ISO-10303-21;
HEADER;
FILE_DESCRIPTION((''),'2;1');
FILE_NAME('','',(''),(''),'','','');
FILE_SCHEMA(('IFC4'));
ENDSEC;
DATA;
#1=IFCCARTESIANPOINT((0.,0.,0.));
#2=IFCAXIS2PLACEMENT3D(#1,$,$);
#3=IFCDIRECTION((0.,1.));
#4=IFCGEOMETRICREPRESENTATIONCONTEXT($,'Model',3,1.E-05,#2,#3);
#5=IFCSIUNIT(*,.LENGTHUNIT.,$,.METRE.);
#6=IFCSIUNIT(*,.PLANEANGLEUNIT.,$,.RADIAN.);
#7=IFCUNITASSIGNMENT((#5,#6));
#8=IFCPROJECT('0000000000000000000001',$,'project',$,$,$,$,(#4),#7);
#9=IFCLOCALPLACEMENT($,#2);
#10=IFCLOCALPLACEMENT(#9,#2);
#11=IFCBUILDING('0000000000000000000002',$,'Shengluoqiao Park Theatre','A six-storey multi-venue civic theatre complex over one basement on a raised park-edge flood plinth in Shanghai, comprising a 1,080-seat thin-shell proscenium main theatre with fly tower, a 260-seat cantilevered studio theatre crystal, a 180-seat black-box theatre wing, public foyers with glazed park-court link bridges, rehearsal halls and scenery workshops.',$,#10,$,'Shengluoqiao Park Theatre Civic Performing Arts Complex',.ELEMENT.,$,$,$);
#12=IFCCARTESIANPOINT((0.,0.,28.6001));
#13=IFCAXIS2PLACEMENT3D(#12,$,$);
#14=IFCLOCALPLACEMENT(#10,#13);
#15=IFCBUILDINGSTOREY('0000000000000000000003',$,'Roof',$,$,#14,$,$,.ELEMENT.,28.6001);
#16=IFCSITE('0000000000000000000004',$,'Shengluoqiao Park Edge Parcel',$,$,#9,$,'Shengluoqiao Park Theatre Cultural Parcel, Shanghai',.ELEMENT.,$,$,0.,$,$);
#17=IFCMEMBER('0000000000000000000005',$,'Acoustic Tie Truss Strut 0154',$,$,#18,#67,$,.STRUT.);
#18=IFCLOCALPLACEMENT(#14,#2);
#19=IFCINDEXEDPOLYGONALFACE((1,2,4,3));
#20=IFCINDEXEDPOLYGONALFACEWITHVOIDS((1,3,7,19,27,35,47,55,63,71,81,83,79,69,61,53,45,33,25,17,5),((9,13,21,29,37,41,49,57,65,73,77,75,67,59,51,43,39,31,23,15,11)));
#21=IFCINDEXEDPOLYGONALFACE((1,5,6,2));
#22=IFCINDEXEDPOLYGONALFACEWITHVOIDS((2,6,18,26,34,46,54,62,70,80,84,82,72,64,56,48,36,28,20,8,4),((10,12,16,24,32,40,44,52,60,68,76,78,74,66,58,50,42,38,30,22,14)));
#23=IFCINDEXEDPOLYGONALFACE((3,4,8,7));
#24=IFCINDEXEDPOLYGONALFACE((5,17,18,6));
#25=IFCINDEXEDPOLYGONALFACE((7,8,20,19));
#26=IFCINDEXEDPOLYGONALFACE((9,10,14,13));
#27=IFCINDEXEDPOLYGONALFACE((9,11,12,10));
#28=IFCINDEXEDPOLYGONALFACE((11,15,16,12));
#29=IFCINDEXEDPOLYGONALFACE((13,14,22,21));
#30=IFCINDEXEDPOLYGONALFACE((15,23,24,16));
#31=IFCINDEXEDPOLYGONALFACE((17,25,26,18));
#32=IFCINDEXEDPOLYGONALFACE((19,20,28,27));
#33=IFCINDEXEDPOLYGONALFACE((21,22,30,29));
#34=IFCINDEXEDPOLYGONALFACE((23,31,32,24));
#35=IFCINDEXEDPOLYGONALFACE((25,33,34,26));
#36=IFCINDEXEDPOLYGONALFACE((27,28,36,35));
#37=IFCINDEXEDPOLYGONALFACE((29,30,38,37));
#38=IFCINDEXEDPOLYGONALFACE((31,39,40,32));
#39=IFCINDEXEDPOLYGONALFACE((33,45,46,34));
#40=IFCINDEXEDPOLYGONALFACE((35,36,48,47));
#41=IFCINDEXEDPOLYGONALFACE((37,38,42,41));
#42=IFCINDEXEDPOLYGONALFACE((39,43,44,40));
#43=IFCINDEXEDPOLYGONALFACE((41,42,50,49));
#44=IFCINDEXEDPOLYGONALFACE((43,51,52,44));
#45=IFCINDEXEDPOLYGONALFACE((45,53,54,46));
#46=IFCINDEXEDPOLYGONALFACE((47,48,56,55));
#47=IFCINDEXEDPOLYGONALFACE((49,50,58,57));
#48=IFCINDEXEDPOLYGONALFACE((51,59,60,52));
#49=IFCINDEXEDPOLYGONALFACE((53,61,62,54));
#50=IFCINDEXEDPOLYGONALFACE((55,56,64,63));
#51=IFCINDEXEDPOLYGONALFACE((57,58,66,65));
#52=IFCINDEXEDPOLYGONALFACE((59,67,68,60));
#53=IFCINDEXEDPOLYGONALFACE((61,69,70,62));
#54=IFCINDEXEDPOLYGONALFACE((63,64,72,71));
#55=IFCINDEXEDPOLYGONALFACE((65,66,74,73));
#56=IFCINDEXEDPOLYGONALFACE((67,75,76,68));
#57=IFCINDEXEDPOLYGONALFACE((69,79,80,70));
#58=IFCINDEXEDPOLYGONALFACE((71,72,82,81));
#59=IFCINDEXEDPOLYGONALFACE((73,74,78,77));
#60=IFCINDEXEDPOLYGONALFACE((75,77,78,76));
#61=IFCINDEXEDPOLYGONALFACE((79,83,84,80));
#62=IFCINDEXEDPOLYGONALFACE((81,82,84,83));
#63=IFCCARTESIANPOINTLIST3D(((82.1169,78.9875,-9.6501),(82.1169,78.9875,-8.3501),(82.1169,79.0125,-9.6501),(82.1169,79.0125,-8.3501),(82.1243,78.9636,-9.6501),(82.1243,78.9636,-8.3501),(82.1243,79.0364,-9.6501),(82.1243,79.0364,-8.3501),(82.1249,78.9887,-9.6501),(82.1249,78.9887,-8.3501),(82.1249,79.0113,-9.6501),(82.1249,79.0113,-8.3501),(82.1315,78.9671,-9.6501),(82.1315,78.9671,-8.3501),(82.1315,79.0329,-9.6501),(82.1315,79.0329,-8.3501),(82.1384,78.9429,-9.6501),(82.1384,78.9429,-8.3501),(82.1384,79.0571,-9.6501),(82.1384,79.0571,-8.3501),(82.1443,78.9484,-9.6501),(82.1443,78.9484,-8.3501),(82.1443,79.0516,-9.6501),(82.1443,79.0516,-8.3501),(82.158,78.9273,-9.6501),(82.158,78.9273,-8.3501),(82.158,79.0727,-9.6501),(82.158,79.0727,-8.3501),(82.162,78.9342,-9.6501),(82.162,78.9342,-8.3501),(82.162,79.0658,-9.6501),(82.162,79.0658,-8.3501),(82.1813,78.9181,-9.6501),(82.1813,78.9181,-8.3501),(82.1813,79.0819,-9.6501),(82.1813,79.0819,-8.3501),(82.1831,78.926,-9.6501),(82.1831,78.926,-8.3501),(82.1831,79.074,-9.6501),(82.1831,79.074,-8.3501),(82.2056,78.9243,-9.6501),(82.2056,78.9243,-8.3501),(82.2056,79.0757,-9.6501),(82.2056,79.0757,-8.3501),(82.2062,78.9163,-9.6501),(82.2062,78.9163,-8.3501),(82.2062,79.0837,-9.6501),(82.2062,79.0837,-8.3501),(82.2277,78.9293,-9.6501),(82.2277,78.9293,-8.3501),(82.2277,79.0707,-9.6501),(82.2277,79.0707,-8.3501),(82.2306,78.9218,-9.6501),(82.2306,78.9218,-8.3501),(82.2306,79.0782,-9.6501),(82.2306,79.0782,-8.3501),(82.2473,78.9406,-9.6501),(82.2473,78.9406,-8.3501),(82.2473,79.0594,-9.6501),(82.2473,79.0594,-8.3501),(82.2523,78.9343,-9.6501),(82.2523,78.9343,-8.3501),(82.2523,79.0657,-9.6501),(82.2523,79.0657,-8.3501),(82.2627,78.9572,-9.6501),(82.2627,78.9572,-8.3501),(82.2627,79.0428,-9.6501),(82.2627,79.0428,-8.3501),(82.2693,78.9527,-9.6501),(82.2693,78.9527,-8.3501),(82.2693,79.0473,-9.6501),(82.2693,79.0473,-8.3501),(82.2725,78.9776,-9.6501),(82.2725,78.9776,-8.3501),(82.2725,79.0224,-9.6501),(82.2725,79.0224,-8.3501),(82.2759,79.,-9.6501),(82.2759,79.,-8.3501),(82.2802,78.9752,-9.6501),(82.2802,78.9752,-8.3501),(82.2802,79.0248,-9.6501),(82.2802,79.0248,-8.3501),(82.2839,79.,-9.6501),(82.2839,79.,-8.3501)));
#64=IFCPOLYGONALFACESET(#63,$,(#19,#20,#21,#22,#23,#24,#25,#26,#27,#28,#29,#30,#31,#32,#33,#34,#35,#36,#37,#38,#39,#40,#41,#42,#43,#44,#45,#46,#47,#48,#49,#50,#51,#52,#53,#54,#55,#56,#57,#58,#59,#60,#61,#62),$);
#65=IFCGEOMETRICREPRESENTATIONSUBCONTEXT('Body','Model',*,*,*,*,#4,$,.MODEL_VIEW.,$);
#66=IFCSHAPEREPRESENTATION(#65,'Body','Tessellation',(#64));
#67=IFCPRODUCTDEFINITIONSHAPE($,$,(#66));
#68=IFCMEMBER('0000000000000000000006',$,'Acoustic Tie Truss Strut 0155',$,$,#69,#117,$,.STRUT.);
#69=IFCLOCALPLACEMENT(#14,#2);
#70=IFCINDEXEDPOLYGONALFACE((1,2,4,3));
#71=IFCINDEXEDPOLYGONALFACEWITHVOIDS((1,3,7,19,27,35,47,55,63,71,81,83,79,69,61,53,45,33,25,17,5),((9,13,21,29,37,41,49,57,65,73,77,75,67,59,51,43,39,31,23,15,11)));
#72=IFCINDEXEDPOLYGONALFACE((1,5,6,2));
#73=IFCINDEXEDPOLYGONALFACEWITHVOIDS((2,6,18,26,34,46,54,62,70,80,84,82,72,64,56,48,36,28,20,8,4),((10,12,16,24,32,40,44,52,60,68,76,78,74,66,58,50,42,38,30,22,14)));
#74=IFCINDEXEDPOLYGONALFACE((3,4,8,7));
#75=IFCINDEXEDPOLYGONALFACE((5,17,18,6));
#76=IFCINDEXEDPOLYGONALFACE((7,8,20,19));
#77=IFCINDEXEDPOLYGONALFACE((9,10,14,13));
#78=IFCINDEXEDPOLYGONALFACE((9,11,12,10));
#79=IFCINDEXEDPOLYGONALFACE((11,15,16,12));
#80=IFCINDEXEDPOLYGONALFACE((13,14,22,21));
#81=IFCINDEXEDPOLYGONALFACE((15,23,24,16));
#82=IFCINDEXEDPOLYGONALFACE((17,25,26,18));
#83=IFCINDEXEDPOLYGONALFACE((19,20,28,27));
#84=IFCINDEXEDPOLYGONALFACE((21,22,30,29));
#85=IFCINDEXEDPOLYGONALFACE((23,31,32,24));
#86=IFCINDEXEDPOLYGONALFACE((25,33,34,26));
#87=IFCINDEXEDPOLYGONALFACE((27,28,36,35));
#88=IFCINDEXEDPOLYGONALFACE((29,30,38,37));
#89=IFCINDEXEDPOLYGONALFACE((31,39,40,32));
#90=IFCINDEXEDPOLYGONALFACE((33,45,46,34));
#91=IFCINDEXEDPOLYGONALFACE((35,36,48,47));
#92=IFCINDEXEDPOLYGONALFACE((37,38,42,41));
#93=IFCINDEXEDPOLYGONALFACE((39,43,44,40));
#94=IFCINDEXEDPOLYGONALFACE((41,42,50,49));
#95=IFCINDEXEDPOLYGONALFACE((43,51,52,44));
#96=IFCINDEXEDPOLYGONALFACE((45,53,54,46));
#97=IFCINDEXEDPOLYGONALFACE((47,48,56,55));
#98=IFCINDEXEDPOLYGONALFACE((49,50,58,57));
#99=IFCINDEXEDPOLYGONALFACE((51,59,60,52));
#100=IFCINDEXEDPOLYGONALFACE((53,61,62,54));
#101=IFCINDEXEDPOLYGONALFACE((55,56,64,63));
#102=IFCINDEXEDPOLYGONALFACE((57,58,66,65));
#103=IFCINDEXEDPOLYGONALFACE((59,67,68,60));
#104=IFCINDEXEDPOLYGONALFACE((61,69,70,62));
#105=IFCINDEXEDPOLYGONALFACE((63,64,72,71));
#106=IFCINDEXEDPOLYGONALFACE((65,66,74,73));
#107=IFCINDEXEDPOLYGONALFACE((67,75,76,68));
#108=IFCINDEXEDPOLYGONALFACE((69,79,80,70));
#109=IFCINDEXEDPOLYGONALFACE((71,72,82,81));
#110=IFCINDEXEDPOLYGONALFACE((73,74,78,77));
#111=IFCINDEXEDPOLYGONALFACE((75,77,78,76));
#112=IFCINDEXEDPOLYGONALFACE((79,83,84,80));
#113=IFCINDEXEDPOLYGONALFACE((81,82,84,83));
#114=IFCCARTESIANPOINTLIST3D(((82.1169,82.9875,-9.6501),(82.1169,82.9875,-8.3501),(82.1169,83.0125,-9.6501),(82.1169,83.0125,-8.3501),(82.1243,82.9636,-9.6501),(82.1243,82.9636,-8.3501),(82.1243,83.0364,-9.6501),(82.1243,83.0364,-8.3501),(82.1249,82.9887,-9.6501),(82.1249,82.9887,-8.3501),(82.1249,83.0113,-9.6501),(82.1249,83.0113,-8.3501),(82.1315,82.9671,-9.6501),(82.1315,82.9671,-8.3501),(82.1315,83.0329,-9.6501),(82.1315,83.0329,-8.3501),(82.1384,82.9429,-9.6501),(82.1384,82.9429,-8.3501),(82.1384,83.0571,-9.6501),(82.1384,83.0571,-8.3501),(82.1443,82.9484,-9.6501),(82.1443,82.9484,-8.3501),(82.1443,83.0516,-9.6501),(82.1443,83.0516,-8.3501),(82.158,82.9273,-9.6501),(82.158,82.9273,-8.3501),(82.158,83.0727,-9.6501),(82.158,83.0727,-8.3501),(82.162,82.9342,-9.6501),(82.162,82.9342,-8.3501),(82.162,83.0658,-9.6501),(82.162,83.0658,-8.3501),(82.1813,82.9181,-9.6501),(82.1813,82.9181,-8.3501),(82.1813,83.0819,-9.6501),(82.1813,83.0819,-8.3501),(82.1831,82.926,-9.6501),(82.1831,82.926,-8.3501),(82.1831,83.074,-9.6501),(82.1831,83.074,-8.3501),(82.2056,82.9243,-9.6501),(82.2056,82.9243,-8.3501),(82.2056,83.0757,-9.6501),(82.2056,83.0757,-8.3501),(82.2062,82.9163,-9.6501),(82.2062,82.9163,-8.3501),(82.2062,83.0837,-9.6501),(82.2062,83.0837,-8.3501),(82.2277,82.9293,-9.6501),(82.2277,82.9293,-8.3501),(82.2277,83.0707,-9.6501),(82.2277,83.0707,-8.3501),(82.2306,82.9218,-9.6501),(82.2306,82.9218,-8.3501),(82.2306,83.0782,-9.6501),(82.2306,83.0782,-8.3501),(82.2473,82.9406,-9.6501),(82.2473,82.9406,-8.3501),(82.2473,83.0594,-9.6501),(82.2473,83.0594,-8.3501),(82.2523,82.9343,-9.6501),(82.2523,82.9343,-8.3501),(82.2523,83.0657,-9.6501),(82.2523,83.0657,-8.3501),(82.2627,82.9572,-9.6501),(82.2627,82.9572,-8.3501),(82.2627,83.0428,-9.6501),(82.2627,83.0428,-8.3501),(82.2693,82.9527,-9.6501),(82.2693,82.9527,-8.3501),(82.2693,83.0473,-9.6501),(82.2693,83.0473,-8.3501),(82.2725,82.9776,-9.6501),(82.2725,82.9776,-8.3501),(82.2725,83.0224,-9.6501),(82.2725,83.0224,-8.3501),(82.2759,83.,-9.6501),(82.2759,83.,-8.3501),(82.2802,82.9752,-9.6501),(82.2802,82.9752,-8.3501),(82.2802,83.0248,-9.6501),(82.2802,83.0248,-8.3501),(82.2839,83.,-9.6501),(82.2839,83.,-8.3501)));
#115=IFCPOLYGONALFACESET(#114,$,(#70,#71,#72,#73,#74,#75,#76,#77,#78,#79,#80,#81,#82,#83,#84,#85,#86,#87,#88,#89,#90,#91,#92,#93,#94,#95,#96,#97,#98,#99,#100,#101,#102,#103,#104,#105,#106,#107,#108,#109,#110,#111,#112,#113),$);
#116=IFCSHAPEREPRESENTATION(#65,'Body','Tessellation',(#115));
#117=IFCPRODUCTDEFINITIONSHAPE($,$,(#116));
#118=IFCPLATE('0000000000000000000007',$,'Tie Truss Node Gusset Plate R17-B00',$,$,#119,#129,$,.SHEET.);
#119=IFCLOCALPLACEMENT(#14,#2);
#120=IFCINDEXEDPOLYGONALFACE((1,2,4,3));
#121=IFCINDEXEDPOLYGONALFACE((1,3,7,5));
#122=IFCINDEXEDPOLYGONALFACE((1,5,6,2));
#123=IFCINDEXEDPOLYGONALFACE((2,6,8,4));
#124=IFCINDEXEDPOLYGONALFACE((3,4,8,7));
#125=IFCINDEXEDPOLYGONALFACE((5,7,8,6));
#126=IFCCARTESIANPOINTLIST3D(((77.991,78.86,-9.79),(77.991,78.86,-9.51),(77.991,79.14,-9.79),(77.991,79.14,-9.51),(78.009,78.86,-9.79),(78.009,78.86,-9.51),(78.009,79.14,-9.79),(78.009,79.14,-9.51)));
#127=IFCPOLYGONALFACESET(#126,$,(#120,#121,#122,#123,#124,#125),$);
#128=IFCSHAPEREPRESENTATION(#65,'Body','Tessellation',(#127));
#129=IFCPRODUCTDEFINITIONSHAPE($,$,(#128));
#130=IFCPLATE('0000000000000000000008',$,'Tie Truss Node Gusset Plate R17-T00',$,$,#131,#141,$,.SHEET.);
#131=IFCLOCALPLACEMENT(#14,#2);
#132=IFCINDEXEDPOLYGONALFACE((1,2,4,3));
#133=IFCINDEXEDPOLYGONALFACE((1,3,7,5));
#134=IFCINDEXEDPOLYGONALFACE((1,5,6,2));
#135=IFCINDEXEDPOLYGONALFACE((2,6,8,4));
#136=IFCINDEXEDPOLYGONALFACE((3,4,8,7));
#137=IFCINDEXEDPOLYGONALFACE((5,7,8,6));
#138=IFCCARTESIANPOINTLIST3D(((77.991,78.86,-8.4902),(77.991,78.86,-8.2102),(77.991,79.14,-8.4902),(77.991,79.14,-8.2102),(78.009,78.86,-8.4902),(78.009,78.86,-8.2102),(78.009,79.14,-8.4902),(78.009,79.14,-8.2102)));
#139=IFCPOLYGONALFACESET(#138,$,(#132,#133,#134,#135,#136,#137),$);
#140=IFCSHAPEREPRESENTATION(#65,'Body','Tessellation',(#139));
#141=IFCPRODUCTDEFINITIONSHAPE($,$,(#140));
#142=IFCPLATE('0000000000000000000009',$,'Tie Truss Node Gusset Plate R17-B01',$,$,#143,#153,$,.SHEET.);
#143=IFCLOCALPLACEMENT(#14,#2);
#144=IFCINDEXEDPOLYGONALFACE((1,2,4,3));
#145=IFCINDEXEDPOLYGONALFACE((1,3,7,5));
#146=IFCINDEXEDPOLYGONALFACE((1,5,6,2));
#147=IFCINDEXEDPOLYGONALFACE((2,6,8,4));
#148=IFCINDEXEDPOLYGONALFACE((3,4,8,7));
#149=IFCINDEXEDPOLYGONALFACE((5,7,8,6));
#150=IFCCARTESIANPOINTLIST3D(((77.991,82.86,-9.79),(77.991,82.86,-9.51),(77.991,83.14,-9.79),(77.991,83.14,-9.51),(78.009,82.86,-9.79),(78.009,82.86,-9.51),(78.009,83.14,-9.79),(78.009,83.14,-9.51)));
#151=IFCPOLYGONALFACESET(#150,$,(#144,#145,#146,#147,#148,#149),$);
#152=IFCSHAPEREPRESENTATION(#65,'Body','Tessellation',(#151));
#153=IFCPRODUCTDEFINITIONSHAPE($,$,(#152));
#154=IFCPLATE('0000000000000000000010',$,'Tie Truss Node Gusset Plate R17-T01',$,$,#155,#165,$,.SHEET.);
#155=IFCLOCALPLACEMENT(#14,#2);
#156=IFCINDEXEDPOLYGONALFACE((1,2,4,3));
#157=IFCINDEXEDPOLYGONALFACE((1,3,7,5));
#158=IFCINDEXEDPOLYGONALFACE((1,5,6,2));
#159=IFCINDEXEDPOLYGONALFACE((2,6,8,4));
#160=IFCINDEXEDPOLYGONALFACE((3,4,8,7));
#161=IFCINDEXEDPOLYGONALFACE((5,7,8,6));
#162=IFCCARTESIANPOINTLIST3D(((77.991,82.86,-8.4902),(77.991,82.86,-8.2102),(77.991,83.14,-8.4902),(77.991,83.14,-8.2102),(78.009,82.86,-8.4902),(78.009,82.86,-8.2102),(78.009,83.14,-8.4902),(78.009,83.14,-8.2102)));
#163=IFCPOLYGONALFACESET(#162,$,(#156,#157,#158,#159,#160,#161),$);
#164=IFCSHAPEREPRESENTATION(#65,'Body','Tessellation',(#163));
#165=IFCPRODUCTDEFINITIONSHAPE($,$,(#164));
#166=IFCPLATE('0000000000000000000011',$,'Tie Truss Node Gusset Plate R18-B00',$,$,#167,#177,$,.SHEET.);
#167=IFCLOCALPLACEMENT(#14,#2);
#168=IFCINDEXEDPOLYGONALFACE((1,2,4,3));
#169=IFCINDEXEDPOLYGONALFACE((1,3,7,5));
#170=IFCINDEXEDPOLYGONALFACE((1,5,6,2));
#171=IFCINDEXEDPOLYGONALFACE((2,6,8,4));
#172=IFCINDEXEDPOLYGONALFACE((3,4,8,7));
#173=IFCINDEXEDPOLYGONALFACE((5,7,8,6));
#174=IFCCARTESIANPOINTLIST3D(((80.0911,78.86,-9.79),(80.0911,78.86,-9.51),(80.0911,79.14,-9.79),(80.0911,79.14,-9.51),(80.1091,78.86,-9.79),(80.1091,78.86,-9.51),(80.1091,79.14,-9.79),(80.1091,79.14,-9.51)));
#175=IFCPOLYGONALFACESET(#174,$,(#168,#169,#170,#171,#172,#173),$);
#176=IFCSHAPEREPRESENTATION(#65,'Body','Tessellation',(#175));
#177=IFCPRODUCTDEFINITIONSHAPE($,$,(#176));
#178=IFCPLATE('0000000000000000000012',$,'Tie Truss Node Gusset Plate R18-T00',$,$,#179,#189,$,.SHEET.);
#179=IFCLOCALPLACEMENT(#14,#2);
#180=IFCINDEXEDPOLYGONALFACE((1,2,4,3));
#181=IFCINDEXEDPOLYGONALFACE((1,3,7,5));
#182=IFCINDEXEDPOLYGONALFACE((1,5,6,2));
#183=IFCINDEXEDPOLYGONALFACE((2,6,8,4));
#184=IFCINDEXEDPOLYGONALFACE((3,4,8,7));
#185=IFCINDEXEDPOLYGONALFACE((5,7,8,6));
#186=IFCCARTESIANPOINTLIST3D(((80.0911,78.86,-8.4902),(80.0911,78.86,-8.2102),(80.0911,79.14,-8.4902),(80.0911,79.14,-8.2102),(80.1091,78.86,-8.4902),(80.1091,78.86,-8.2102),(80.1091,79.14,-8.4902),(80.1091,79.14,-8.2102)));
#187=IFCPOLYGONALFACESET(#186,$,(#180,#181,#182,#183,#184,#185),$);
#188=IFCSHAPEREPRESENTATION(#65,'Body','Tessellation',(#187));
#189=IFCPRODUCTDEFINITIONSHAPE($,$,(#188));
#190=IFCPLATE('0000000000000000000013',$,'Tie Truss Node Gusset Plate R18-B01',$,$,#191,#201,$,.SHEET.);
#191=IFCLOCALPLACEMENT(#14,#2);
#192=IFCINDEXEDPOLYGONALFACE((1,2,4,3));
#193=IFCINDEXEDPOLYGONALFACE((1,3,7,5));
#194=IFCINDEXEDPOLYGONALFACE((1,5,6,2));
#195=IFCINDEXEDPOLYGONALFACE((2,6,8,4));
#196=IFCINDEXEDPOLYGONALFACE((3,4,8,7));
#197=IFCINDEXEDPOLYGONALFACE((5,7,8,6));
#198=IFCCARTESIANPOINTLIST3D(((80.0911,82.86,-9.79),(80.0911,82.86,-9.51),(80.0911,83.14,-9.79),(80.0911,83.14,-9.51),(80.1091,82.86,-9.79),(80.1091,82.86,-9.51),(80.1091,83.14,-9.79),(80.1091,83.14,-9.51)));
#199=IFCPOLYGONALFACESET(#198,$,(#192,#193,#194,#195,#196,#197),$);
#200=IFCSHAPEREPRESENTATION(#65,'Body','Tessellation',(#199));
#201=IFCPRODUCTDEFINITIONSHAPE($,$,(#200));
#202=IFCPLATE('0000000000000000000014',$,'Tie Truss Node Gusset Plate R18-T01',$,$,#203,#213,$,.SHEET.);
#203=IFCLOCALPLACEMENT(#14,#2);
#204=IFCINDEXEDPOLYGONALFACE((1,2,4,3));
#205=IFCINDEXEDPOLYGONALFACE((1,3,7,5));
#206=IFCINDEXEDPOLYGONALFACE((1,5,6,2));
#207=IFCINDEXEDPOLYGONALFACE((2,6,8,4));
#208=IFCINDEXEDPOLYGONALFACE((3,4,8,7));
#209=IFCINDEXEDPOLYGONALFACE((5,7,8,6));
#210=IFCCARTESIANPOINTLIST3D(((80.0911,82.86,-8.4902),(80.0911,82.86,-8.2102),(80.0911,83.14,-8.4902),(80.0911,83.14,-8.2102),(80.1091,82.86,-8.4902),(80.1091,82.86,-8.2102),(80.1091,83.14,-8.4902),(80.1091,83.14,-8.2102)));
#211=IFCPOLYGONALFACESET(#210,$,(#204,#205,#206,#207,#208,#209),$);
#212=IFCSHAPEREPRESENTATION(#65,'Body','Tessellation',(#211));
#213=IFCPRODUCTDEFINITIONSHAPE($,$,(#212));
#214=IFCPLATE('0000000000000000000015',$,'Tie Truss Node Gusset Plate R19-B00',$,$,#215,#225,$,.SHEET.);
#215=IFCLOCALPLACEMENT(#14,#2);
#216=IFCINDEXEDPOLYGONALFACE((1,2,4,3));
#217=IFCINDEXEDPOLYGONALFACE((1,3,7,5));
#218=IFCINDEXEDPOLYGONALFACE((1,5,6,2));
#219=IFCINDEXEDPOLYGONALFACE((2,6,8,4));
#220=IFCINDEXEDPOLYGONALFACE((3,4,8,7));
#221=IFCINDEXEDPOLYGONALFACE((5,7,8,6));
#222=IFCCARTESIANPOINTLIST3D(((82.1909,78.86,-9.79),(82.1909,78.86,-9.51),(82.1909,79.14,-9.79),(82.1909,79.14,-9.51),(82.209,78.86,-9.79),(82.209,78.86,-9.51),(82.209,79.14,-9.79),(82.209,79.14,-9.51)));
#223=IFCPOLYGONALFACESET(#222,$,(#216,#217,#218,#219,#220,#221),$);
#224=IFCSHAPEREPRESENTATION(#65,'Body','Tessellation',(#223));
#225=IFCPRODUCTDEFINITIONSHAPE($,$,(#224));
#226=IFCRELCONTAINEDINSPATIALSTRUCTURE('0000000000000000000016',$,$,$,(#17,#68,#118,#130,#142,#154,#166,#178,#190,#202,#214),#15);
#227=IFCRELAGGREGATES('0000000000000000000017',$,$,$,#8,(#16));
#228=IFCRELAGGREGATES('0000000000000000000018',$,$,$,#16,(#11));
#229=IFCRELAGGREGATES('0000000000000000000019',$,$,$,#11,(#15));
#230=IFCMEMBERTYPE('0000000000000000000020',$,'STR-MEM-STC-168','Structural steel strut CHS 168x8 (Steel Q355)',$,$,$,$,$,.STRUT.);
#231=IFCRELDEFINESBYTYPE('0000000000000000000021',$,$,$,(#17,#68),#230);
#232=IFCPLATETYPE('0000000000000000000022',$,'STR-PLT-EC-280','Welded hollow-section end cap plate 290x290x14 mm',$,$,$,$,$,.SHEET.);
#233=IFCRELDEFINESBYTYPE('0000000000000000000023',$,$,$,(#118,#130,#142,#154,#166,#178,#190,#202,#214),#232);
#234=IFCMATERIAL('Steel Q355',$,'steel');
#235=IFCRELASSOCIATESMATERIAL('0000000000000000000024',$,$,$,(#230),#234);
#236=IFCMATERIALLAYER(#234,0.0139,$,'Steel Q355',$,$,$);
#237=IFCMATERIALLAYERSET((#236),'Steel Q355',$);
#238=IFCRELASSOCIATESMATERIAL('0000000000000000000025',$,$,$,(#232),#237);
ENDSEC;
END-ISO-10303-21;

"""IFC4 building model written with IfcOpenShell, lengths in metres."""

from ifc_helpers import new_model, si_unit, direction, frame, origin, origin_2d, place, context, subcontext, project, spatial, rectangle, hollow_circle, extrude, material, layer, layer_set, material_profile, profile_set, type_object, element, save


model = new_model("IFC4")

# Units and contexts
model_context = context("Model", 3, precision=1e-05, world=origin(), true_north=direction((0.0, 1.0)))
body_context = subcontext(model_context, "Body", "Model", "MODEL_VIEW")
ifc_project = project(units=[si_unit("LENGTHUNIT", "METRE"), si_unit("PLANEANGLEUNIT", "RADIAN")], contexts=[model_context])

# Site, building, storey
site_placement = place(None, origin())
site = spatial("IfcSite", under=ifc_project, at=site_placement, Name="Shengluoqiao Park Edge Parcel", LongName="Shengluoqiao Park Theatre Cultural Parcel, Shanghai", CompositionType="ELEMENT", RefElevation=0.0)
building_placement = place(site_placement, origin())
building = spatial("IfcBuilding", under=site, at=building_placement, Name="Shengluoqiao Park Theatre", Description="A six-storey multi-venue civic theatre complex over one basement on a raised park-edge flood plinth in Shanghai, comprising a 1,080-seat thin-shell proscenium main theatre with fly tower, a 260-seat cantilevered studio theatre crystal, a 180-seat black-box theatre wing, public foyers with glazed park-court link bridges, rehearsal halls and scenery workshops.", LongName="Shengluoqiao Park Theatre Civic Performing Arts Complex", CompositionType="ELEMENT")
storey_placement = place(building_placement, frame((0.0, 0.0, 28.6001)))
storey = spatial("IfcBuildingStorey", under=building, at=storey_placement, Name="Roof", CompositionType="ELEMENT", Elevation=28.6001)

# Shared definitions
ifc_material = material(Name="Steel Q355", Category="steel")

# Members
ifc_material_profile_1 = material_profile(ifc_material, hollow_circle(Radius=0.084, WallThickness=0.0081, at=origin_2d()), Name="CHS 168x8")
ifc_profile_set_1 = profile_set([ifc_material_profile_1], Name="Steel Q355")
member_type_1 = type_object("IfcMemberType", Name="STR-MEM-STC-168", Description="Structural steel strut CHS 168x8 (Steel Q355)", PredefinedType="STRUT", material=ifc_profile_set_1)
for number, where, z_axis, x_axis, name in (
    (1, (82.2, 79.0, -9.6501), (0.0, 0.0, 1.0), (1.0, 0.0, 0.0), "Acoustic Tie Truss Strut 0154"),
    (2, (82.2, 83.0, -9.6501), (0.0, 0.0, 1.0), (1.0, 0.0, 0.0), "Acoustic Tie Truss Strut 0155"),
):
    element("IfcMember", number, at=place(storey_placement, frame(where, z_axis=z_axis, x_axis=x_axis)), inside=storey, type_object=member_type_1, Name=name, PredefinedType="STRUT", context=body_context, shape_type="SweptSolid", body=[
        extrude(hollow_circle(Radius=0.084, WallThickness=0.0081, at=origin_2d()), origin(), (0.0, 0.0, 1.0), 1.3),
    ])

# Plates
ifc_layer = layer(ifc_material, 0.0139, Name="Steel Q355")
ifc_layer_set = layer_set([ifc_layer], Name="Steel Q355")
plate_type = type_object("IfcPlateType", Name="STR-PLT-EC-280", Description="Welded hollow-section end cap plate 290x290x14 mm", PredefinedType="SHEET", material=ifc_layer_set)
for number, where, z_axis, x_axis, name in (
    (3, (78.0, 79.0, -9.79), (0.0, 0.0, 1.0), (1.0, 0.0, 0.0), "Tie Truss Node Gusset Plate R17-B00"),
    (4, (78.0, 79.0, -8.4902), (0.0, 0.0, 1.0), (1.0, 0.0, 0.0), "Tie Truss Node Gusset Plate R17-T00"),
    (5, (78.0, 83.0, -9.79), (0.0, 0.0, 1.0), (1.0, 0.0, 0.0), "Tie Truss Node Gusset Plate R17-B01"),
    (6, (78.0, 83.0, -8.4902), (0.0, 0.0, 1.0), (1.0, 0.0, 0.0), "Tie Truss Node Gusset Plate R17-T01"),
    (7, (80.1001, 79.0, -9.79), (0.0, 0.0, 1.0), (1.0, 0.0, 0.0), "Tie Truss Node Gusset Plate R18-B00"),
    (8, (80.1001, 79.0, -8.4902), (0.0, 0.0, 1.0), (1.0, 0.0, 0.0), "Tie Truss Node Gusset Plate R18-T00"),
    (9, (80.1001, 83.0, -9.79), (0.0, 0.0, 1.0), (1.0, 0.0, 0.0), "Tie Truss Node Gusset Plate R18-B01"),
    (10, (80.1001, 83.0, -8.4902), (0.0, 0.0, 1.0), (1.0, 0.0, 0.0), "Tie Truss Node Gusset Plate R18-T01"),
    (11, (82.2, 79.0, -9.79), (0.0, 0.0, 1.0), (1.0, 0.0, 0.0), "Tie Truss Node Gusset Plate R19-B00"),
):
    element("IfcPlate", number, at=place(storey_placement, frame(where, z_axis=z_axis, x_axis=x_axis)), inside=storey, type_object=plate_type, Name=name, PredefinedType="SHEET", context=body_context, shape_type="SweptSolid", body=[
        extrude(rectangle(XDim=0.0181, YDim=0.28, at=origin_2d()), origin(), (0.0, 0.0, 1.0), 0.28),
    ])

save(model, "model.ifc")
